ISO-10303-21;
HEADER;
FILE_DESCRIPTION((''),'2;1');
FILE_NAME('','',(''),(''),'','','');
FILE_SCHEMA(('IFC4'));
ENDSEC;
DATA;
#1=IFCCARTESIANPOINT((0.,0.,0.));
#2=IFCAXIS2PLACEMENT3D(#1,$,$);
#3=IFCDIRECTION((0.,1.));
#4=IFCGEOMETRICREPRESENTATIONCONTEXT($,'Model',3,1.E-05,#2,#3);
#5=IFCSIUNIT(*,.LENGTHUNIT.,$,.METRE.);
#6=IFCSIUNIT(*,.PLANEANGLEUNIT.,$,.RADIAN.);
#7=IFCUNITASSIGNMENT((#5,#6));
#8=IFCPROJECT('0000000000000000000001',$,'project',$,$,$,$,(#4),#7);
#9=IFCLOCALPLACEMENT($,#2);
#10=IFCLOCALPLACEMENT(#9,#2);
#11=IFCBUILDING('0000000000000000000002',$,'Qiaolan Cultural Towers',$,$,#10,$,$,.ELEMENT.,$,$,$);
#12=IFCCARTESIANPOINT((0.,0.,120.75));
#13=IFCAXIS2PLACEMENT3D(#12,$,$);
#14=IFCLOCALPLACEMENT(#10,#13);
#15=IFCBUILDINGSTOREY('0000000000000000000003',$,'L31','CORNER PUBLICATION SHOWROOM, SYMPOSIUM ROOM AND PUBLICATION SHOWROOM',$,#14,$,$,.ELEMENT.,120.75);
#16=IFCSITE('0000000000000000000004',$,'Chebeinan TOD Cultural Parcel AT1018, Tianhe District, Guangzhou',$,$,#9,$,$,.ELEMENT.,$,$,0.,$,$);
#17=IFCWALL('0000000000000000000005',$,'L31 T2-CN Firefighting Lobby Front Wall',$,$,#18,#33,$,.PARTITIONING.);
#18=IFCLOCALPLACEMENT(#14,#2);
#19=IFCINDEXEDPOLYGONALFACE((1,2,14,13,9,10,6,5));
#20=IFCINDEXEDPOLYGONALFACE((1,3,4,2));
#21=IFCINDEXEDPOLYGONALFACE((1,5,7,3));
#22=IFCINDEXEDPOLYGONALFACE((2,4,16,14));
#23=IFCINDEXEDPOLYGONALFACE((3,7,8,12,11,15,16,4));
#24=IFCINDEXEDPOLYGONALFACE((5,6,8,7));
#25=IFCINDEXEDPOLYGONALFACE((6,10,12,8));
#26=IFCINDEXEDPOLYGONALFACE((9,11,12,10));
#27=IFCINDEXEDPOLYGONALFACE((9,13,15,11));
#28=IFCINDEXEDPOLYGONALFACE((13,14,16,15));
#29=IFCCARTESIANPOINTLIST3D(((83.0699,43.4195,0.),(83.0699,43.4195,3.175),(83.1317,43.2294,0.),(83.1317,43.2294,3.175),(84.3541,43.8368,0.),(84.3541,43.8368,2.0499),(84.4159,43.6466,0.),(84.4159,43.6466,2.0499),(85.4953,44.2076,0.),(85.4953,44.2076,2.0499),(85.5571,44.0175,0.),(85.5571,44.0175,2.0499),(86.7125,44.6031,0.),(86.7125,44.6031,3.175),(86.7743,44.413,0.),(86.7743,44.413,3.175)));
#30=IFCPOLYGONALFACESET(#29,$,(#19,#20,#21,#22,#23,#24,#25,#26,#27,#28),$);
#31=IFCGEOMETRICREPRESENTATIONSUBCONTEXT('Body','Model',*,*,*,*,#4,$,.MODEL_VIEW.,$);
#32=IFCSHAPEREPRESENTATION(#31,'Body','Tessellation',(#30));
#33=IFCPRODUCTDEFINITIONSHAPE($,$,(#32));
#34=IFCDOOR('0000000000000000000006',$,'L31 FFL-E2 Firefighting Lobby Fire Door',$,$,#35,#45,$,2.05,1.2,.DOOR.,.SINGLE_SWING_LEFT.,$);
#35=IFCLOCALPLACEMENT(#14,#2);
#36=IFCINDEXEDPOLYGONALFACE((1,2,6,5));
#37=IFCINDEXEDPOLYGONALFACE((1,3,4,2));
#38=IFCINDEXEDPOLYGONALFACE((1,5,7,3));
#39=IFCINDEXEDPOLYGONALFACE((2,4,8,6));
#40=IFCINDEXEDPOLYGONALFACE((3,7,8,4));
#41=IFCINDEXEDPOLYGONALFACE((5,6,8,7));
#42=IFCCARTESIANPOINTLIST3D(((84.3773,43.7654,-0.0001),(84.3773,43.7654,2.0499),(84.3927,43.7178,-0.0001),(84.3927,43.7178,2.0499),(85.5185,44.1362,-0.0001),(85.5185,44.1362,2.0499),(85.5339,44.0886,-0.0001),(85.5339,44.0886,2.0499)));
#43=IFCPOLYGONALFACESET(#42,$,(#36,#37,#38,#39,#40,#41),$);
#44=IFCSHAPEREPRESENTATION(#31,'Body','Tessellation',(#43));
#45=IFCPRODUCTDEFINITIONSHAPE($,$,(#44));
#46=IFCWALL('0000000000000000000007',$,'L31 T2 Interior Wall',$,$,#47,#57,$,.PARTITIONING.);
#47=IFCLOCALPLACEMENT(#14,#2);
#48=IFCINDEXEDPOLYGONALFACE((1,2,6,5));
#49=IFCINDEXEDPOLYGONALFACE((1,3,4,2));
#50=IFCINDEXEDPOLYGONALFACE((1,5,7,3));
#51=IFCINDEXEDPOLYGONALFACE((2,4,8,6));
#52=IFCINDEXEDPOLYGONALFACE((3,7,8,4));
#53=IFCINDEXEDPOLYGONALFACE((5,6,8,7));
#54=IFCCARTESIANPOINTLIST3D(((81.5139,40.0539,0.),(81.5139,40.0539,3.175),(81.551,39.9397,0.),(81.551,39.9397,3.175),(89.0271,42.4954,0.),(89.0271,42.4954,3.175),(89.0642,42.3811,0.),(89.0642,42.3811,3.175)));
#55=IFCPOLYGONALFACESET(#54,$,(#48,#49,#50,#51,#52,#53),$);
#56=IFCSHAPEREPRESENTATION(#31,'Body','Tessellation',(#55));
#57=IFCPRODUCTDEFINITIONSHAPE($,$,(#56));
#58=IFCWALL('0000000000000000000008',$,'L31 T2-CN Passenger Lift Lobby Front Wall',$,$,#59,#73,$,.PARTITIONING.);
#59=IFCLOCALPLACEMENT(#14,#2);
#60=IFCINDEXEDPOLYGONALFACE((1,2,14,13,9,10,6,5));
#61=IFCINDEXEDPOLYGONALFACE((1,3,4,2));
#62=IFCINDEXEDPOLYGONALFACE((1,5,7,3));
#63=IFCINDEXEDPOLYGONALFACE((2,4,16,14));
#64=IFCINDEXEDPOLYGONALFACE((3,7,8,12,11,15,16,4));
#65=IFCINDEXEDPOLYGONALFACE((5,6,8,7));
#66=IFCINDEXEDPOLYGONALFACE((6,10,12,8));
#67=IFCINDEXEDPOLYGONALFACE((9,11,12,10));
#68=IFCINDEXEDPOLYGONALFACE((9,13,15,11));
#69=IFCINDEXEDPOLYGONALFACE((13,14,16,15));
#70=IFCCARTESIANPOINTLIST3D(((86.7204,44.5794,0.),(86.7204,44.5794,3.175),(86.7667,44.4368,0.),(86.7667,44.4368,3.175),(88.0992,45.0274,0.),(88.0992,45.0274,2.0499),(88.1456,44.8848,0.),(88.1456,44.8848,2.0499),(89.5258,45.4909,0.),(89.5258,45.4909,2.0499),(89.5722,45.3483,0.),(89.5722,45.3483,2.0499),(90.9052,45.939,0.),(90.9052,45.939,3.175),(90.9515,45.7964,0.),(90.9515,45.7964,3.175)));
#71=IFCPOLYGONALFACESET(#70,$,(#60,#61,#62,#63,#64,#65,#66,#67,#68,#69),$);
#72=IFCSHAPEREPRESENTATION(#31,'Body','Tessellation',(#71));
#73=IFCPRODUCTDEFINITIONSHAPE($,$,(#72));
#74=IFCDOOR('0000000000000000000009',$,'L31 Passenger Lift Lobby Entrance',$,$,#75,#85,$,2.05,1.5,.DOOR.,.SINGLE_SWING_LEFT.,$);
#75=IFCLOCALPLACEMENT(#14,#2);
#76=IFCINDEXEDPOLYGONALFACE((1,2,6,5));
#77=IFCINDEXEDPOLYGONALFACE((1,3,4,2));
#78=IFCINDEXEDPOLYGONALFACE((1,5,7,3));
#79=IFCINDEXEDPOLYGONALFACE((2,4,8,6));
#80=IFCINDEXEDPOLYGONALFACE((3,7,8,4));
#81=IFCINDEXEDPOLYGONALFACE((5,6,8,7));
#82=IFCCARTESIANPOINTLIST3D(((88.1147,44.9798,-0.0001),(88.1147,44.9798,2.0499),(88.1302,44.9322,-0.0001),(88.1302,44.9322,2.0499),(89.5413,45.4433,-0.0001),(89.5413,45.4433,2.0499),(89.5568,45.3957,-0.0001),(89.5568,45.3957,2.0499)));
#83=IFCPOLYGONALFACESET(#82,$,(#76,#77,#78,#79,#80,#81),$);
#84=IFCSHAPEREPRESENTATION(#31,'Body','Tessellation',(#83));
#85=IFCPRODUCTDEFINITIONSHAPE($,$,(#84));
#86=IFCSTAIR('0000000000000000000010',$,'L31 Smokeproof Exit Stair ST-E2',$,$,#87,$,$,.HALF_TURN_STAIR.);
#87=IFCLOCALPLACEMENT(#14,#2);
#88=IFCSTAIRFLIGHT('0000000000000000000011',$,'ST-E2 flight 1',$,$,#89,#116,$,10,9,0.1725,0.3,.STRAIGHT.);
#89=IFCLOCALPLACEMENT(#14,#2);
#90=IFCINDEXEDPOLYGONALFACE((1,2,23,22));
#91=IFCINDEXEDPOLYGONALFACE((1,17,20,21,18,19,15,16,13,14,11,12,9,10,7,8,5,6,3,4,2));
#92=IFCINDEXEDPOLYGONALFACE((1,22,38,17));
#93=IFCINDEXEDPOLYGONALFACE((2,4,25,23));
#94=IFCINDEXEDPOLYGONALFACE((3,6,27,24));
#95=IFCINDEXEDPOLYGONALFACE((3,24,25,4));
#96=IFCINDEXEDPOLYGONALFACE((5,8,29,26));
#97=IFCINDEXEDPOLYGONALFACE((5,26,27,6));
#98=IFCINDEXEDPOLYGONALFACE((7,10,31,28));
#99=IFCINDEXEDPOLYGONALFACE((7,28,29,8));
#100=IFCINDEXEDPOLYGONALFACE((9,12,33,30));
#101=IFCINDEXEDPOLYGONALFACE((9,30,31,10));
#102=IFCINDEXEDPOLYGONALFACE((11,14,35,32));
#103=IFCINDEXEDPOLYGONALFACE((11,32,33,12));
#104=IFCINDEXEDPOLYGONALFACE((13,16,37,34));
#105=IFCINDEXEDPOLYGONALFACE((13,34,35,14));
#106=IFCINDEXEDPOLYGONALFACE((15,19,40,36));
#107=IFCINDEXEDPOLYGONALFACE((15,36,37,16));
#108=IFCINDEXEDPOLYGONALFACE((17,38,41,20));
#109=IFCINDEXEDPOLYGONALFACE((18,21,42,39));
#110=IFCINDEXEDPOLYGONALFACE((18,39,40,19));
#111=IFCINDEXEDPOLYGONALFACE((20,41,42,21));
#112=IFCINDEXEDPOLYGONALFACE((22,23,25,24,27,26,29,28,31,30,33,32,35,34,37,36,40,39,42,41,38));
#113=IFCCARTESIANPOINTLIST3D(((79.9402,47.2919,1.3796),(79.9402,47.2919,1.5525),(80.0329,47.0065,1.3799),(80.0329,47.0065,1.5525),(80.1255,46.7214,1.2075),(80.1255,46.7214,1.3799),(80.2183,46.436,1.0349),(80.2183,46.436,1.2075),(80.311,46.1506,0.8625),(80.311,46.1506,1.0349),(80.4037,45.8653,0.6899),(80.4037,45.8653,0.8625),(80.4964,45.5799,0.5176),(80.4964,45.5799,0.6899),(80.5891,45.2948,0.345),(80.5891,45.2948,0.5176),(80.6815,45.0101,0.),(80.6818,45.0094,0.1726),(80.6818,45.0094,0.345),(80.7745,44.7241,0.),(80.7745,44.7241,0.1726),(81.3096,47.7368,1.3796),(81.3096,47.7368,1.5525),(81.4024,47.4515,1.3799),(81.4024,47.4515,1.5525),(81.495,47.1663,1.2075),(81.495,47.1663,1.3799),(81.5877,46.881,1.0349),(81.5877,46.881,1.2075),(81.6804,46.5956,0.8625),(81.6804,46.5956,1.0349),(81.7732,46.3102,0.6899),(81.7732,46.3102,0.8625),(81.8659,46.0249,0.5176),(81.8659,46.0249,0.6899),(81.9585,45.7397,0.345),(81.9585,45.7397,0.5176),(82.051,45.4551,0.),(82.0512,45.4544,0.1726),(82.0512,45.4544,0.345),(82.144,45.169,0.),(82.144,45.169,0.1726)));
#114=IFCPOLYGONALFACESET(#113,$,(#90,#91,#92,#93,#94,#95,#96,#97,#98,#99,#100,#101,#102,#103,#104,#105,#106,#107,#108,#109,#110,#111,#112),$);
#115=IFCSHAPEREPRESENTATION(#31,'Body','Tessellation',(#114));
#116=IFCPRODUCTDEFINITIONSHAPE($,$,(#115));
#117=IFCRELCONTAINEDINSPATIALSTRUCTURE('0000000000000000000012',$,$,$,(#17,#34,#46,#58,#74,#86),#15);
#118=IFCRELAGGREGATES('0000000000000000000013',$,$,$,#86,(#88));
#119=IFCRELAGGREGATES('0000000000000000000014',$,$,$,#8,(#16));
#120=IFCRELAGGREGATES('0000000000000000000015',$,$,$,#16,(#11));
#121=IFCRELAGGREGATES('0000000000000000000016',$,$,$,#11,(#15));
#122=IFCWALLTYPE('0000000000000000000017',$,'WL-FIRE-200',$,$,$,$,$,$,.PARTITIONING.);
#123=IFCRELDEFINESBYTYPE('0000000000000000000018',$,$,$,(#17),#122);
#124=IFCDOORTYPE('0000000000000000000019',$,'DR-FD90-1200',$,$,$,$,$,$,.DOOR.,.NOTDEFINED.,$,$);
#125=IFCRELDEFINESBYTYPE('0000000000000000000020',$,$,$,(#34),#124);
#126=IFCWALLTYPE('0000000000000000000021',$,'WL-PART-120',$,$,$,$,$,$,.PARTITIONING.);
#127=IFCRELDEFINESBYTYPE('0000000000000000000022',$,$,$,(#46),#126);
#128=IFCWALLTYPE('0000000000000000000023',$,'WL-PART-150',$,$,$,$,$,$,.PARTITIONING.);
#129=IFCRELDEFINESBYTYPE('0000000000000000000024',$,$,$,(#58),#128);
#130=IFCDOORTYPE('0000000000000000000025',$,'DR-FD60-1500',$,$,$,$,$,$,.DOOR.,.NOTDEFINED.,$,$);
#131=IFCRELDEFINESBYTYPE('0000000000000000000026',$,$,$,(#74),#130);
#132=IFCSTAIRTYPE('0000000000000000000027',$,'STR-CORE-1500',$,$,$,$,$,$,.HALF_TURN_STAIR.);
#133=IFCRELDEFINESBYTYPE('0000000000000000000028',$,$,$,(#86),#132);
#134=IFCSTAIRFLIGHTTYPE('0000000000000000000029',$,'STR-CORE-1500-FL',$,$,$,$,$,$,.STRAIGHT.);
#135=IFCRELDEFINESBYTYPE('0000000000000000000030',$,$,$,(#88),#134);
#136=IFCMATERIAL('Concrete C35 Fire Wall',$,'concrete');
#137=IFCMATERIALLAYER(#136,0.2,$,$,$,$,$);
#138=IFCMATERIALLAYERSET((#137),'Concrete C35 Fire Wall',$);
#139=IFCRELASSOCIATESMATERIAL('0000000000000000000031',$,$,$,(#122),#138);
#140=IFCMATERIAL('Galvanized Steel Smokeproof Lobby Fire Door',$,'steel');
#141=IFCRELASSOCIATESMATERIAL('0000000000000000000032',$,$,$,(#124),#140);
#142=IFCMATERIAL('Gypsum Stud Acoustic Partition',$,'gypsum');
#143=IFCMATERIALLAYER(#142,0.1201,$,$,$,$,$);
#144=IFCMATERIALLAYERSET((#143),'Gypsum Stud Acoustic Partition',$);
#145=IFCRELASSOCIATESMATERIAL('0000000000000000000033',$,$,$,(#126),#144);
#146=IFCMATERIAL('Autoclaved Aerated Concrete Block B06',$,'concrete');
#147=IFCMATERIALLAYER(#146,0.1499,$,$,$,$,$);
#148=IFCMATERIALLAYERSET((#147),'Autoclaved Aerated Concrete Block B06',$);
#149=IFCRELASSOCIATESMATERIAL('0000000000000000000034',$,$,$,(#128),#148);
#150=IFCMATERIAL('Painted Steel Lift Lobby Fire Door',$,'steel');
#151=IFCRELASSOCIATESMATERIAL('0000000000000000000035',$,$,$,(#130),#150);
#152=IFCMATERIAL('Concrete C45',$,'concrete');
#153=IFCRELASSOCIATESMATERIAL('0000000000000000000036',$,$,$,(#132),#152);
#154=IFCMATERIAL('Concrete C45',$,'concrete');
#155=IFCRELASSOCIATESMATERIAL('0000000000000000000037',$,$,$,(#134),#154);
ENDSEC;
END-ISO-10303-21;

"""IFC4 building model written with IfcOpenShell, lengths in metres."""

from ifc_helpers import new_model, si_unit, direction, frame, frame_2d, origin, place, context, subcontext, project, spatial, polyline, rectangle, outline, extrude, material, layer, layer_set, type_object, element, fill, aggregate, save


model = new_model("IFC4")

# Units and contexts
model_context = context("Model", 3, precision=1e-05, world=origin(), true_north=direction((0.0, 1.0)))
body_context = subcontext(model_context, "Body", "Model", "MODEL_VIEW")
ifc_project = project(units=[si_unit("LENGTHUNIT", "METRE"), si_unit("PLANEANGLEUNIT", "RADIAN")], contexts=[model_context])

# Site, building, storey
site_placement = place(None, origin())
site = spatial("IfcSite", under=ifc_project, at=site_placement, Name="Chebeinan TOD Cultural Parcel AT1018, Tianhe District, Guangzhou", CompositionType="ELEMENT", RefElevation=0.0)
building_placement = place(site_placement, origin())
building = spatial("IfcBuilding", under=site, at=building_placement, Name="Qiaolan Cultural Towers", CompositionType="ELEMENT")
storey_placement = place(building_placement, frame((0.0, 0.0, 120.75)))
storey = spatial("IfcBuildingStorey", under=building, at=storey_placement, Name="L31", Description="CORNER PUBLICATION SHOWROOM, SYMPOSIUM ROOM AND PUBLICATION SHOWROOM", CompositionType="ELEMENT", Elevation=120.75)

# Shared definitions
ifc_material_1 = material(Name="Concrete C35 Fire Wall", Category="concrete")
ifc_layer_1 = layer(ifc_material_1, 0.2)
ifc_layer_set_1 = layer_set([ifc_layer_1], Name="Concrete C35 Fire Wall")
wall_type_1 = type_object("IfcWallType", Name="WL-FIRE-200", PredefinedType="PARTITIONING", material=ifc_layer_set_1)

# Wall, opening, door
wall_1_placement = place(storey_placement, frame((83.1008, 43.3245, 0.0), z_axis=(0.0, 0.0, 1.0), x_axis=(0.951053, 0.309028, 0.0)))
wall_1 = element("IfcWall", 1, at=wall_1_placement, inside=storey, type_object=wall_type_1, Name="L31 T2-CN Firefighting Lobby Front Wall", PredefinedType="PARTITIONING", context=body_context, shape_type="SweptSolid", body=[
    extrude(rectangle(XDim=3.8301, YDim=0.2, at=frame_2d((1.915, 0.0))), origin(), (0.0, 0.0, 1.0), 3.175),
])
opening_1_placement = place(wall_1_placement, frame((1.3501, 0.0, 0.0)))
opening_1 = element("IfcOpeningElement", 2, at=opening_1_placement, cuts=wall_1, PredefinedType="OPENING", context=body_context, shape_type="SweptSolid", body=[
    extrude(rectangle(XDim=1.2, YDim=2.05, at=frame_2d((0.6001, 1.0249))), frame((0.0, 0.1099, 0.0), z_axis=(0.0, -1.0, 0.0), x_axis=(1.0, 0.0, 0.0)), (0.0, 0.0, 1.0), 0.22),
])
ifc_material_2 = material(Name="Galvanized Steel Smokeproof Lobby Fire Door", Category="steel")
door_type_1 = type_object("IfcDoorType", Name="DR-FD90-1200", OperationType="NOTDEFINED", PredefinedType="DOOR", material=ifc_material_2)
door_1_placement = place(opening_1_placement, origin())
door_1 = element("IfcDoor", 3, at=door_1_placement, inside=storey, type_object=door_type_1, Name="L31 FFL-E2 Firefighting Lobby Fire Door", OperationType="SINGLE_SWING_LEFT", OverallHeight=2.05, OverallWidth=1.2, PredefinedType="DOOR", context=body_context, shape_type="SweptSolid", body=[
    extrude(rectangle(XDim=1.2, YDim=2.05, at=frame_2d((0.6001, 1.0249))), frame((0.0, 0.0249, 0.0), z_axis=(0.0, -1.0, 0.0), x_axis=(1.0, 0.0, 0.0)), (0.0, 0.0, 1.0), 0.05),
])
fill(opening_1, door_1)

# Wall
ifc_material_3 = material(Name="Gypsum Stud Acoustic Partition", Category="gypsum")
ifc_layer_2 = layer(ifc_material_3, 0.1201)
ifc_layer_set_2 = layer_set([ifc_layer_2], Name="Gypsum Stud Acoustic Partition")
wall_type_2 = type_object("IfcWallType", Name="WL-PART-120", PredefinedType="PARTITIONING", material=ifc_layer_set_2)
wall_2_placement = place(storey_placement, frame((81.5325, 39.9968, 0.0), z_axis=(0.0, 0.0, 1.0), x_axis=(0.951048, 0.309043, 0.0)))
element("IfcWall", 4, at=wall_2_placement, inside=storey, type_object=wall_type_2, Name="L31 T2 Interior Wall", PredefinedType="PARTITIONING", context=body_context, shape_type="SweptSolid", body=[
    extrude(rectangle(XDim=7.8999, YDim=0.1201, at=frame_2d((3.95, 0.0))), origin(), (0.0, 0.0, 1.0), 3.175),
])

# Wall, opening, door
ifc_material_4 = material(Name="Autoclaved Aerated Concrete Block B06", Category="concrete")
ifc_layer_3 = layer(ifc_material_4, 0.1499)
ifc_layer_set_3 = layer_set([ifc_layer_3], Name="Autoclaved Aerated Concrete Block B06")
wall_type_3 = type_object("IfcWallType", Name="WL-PART-150", PredefinedType="PARTITIONING", material=ifc_layer_set_3)
wall_3_placement = place(storey_placement, frame((86.7434, 44.5081, 0.0), z_axis=(0.0, 0.0, 1.0), x_axis=(0.951064, 0.308994, 0.0)))
wall_3 = element("IfcWall", 5, at=wall_3_placement, inside=storey, type_object=wall_type_3, Name="L31 T2-CN Passenger Lift Lobby Front Wall", PredefinedType="PARTITIONING", context=body_context, shape_type="SweptSolid", body=[
    extrude(rectangle(XDim=4.4001, YDim=0.1499, at=frame_2d((2.2002, 0.0))), origin(), (0.0, 0.0, 1.0), 3.175),
])
opening_2_placement = place(wall_3_placement, frame((1.45, 0.0, 0.0)))
opening_2 = element("IfcOpeningElement", 6, at=opening_2_placement, cuts=wall_3, PredefinedType="OPENING", context=body_context, shape_type="SweptSolid", body=[
    extrude(rectangle(XDim=1.5, YDim=2.05, at=frame_2d((0.75, 1.0249))), frame((0.0, 0.085, 0.0), z_axis=(0.0, -1.0, 0.0), x_axis=(1.0, 0.0, 0.0)), (0.0, 0.0, 1.0), 0.1699),
])
ifc_material_5 = material(Name="Painted Steel Lift Lobby Fire Door", Category="steel")
door_type_2 = type_object("IfcDoorType", Name="DR-FD60-1500", OperationType="NOTDEFINED", PredefinedType="DOOR", material=ifc_material_5)
door_2_placement = place(opening_2_placement, origin())
door_2 = element("IfcDoor", 7, at=door_2_placement, inside=storey, type_object=door_type_2, Name="L31 Passenger Lift Lobby Entrance", OperationType="SINGLE_SWING_LEFT", OverallHeight=2.05, OverallWidth=1.5, PredefinedType="DOOR", context=body_context, shape_type="SweptSolid", body=[
    extrude(rectangle(XDim=1.5, YDim=2.05, at=frame_2d((0.75, 1.0249))), frame((0.0, 0.0249, 0.0), z_axis=(0.0, -1.0, 0.0), x_axis=(1.0, 0.0, 0.0)), (0.0, 0.0, 1.0), 0.05),
])
fill(opening_2, door_2)

# Stair, stair flight
ifc_material_6 = material(Name="Concrete C45", Category="concrete")
stair_type = type_object("IfcStairType", Name="STR-CORE-1500", PredefinedType="HALF_TURN_STAIR", material=ifc_material_6)
stair_placement = place(storey_placement, origin())
stair = element("IfcStair", 8, at=stair_placement, inside=storey, type_object=stair_type, Name="L31 Smokeproof Exit Stair ST-E2", PredefinedType="HALF_TURN_STAIR")
ifc_material_7 = material(Name="Concrete C45", Category="concrete")
stair_flight_type = type_object("IfcStairFlightType", Name="STR-CORE-1500-FL", PredefinedType="STRAIGHT", material=ifc_material_7)
stair_flight_placement = place(storey_placement, frame((81.4592, 44.9465, 0.0), z_axis=(0.0, 0.0, 1.0), x_axis=(-0.309017, 0.951057, 0.0)))
stair_flight = element("IfcStairFlight", 9, at=stair_flight_placement, type_object=stair_flight_type, Name="ST-E2 flight 1", NumberOfRisers=10, NumberOfTreads=9, PredefinedType="STRAIGHT", RiserHeight=0.1725, TreadLength=0.3, context=body_context, shape_type="SweptSolid", body=[
    extrude(outline(polyline([(0.0, 0.0), (0.0, 0.1726), (0.3, 0.1726), (0.3, 0.345), (0.6001, 0.345), (0.6001, 0.5176), (0.8999, 0.5176), (0.8999, 0.6899), (1.2, 0.6899), (1.2, 0.8625), (1.5, 0.8625), (1.5, 1.0349), (1.8, 1.0349), (1.8, 1.2075), (2.1001, 1.2075), (2.1001, 1.3799), (2.3999, 1.3799), (2.3999, 1.5525), (2.7, 1.5525), (2.7, 1.7251), (2.7, 1.3796), (0.3008, 0.0), (0.0, 0.0)])), frame((0.0, 0.72, 0.0), z_axis=(0.0, -1.0, 0.0), x_axis=(1.0, 0.0, 0.0)), (0.0, 0.0, 1.0), 1.4399),
])
aggregate(stair, [stair_flight])

save(model, "model.ifc")
